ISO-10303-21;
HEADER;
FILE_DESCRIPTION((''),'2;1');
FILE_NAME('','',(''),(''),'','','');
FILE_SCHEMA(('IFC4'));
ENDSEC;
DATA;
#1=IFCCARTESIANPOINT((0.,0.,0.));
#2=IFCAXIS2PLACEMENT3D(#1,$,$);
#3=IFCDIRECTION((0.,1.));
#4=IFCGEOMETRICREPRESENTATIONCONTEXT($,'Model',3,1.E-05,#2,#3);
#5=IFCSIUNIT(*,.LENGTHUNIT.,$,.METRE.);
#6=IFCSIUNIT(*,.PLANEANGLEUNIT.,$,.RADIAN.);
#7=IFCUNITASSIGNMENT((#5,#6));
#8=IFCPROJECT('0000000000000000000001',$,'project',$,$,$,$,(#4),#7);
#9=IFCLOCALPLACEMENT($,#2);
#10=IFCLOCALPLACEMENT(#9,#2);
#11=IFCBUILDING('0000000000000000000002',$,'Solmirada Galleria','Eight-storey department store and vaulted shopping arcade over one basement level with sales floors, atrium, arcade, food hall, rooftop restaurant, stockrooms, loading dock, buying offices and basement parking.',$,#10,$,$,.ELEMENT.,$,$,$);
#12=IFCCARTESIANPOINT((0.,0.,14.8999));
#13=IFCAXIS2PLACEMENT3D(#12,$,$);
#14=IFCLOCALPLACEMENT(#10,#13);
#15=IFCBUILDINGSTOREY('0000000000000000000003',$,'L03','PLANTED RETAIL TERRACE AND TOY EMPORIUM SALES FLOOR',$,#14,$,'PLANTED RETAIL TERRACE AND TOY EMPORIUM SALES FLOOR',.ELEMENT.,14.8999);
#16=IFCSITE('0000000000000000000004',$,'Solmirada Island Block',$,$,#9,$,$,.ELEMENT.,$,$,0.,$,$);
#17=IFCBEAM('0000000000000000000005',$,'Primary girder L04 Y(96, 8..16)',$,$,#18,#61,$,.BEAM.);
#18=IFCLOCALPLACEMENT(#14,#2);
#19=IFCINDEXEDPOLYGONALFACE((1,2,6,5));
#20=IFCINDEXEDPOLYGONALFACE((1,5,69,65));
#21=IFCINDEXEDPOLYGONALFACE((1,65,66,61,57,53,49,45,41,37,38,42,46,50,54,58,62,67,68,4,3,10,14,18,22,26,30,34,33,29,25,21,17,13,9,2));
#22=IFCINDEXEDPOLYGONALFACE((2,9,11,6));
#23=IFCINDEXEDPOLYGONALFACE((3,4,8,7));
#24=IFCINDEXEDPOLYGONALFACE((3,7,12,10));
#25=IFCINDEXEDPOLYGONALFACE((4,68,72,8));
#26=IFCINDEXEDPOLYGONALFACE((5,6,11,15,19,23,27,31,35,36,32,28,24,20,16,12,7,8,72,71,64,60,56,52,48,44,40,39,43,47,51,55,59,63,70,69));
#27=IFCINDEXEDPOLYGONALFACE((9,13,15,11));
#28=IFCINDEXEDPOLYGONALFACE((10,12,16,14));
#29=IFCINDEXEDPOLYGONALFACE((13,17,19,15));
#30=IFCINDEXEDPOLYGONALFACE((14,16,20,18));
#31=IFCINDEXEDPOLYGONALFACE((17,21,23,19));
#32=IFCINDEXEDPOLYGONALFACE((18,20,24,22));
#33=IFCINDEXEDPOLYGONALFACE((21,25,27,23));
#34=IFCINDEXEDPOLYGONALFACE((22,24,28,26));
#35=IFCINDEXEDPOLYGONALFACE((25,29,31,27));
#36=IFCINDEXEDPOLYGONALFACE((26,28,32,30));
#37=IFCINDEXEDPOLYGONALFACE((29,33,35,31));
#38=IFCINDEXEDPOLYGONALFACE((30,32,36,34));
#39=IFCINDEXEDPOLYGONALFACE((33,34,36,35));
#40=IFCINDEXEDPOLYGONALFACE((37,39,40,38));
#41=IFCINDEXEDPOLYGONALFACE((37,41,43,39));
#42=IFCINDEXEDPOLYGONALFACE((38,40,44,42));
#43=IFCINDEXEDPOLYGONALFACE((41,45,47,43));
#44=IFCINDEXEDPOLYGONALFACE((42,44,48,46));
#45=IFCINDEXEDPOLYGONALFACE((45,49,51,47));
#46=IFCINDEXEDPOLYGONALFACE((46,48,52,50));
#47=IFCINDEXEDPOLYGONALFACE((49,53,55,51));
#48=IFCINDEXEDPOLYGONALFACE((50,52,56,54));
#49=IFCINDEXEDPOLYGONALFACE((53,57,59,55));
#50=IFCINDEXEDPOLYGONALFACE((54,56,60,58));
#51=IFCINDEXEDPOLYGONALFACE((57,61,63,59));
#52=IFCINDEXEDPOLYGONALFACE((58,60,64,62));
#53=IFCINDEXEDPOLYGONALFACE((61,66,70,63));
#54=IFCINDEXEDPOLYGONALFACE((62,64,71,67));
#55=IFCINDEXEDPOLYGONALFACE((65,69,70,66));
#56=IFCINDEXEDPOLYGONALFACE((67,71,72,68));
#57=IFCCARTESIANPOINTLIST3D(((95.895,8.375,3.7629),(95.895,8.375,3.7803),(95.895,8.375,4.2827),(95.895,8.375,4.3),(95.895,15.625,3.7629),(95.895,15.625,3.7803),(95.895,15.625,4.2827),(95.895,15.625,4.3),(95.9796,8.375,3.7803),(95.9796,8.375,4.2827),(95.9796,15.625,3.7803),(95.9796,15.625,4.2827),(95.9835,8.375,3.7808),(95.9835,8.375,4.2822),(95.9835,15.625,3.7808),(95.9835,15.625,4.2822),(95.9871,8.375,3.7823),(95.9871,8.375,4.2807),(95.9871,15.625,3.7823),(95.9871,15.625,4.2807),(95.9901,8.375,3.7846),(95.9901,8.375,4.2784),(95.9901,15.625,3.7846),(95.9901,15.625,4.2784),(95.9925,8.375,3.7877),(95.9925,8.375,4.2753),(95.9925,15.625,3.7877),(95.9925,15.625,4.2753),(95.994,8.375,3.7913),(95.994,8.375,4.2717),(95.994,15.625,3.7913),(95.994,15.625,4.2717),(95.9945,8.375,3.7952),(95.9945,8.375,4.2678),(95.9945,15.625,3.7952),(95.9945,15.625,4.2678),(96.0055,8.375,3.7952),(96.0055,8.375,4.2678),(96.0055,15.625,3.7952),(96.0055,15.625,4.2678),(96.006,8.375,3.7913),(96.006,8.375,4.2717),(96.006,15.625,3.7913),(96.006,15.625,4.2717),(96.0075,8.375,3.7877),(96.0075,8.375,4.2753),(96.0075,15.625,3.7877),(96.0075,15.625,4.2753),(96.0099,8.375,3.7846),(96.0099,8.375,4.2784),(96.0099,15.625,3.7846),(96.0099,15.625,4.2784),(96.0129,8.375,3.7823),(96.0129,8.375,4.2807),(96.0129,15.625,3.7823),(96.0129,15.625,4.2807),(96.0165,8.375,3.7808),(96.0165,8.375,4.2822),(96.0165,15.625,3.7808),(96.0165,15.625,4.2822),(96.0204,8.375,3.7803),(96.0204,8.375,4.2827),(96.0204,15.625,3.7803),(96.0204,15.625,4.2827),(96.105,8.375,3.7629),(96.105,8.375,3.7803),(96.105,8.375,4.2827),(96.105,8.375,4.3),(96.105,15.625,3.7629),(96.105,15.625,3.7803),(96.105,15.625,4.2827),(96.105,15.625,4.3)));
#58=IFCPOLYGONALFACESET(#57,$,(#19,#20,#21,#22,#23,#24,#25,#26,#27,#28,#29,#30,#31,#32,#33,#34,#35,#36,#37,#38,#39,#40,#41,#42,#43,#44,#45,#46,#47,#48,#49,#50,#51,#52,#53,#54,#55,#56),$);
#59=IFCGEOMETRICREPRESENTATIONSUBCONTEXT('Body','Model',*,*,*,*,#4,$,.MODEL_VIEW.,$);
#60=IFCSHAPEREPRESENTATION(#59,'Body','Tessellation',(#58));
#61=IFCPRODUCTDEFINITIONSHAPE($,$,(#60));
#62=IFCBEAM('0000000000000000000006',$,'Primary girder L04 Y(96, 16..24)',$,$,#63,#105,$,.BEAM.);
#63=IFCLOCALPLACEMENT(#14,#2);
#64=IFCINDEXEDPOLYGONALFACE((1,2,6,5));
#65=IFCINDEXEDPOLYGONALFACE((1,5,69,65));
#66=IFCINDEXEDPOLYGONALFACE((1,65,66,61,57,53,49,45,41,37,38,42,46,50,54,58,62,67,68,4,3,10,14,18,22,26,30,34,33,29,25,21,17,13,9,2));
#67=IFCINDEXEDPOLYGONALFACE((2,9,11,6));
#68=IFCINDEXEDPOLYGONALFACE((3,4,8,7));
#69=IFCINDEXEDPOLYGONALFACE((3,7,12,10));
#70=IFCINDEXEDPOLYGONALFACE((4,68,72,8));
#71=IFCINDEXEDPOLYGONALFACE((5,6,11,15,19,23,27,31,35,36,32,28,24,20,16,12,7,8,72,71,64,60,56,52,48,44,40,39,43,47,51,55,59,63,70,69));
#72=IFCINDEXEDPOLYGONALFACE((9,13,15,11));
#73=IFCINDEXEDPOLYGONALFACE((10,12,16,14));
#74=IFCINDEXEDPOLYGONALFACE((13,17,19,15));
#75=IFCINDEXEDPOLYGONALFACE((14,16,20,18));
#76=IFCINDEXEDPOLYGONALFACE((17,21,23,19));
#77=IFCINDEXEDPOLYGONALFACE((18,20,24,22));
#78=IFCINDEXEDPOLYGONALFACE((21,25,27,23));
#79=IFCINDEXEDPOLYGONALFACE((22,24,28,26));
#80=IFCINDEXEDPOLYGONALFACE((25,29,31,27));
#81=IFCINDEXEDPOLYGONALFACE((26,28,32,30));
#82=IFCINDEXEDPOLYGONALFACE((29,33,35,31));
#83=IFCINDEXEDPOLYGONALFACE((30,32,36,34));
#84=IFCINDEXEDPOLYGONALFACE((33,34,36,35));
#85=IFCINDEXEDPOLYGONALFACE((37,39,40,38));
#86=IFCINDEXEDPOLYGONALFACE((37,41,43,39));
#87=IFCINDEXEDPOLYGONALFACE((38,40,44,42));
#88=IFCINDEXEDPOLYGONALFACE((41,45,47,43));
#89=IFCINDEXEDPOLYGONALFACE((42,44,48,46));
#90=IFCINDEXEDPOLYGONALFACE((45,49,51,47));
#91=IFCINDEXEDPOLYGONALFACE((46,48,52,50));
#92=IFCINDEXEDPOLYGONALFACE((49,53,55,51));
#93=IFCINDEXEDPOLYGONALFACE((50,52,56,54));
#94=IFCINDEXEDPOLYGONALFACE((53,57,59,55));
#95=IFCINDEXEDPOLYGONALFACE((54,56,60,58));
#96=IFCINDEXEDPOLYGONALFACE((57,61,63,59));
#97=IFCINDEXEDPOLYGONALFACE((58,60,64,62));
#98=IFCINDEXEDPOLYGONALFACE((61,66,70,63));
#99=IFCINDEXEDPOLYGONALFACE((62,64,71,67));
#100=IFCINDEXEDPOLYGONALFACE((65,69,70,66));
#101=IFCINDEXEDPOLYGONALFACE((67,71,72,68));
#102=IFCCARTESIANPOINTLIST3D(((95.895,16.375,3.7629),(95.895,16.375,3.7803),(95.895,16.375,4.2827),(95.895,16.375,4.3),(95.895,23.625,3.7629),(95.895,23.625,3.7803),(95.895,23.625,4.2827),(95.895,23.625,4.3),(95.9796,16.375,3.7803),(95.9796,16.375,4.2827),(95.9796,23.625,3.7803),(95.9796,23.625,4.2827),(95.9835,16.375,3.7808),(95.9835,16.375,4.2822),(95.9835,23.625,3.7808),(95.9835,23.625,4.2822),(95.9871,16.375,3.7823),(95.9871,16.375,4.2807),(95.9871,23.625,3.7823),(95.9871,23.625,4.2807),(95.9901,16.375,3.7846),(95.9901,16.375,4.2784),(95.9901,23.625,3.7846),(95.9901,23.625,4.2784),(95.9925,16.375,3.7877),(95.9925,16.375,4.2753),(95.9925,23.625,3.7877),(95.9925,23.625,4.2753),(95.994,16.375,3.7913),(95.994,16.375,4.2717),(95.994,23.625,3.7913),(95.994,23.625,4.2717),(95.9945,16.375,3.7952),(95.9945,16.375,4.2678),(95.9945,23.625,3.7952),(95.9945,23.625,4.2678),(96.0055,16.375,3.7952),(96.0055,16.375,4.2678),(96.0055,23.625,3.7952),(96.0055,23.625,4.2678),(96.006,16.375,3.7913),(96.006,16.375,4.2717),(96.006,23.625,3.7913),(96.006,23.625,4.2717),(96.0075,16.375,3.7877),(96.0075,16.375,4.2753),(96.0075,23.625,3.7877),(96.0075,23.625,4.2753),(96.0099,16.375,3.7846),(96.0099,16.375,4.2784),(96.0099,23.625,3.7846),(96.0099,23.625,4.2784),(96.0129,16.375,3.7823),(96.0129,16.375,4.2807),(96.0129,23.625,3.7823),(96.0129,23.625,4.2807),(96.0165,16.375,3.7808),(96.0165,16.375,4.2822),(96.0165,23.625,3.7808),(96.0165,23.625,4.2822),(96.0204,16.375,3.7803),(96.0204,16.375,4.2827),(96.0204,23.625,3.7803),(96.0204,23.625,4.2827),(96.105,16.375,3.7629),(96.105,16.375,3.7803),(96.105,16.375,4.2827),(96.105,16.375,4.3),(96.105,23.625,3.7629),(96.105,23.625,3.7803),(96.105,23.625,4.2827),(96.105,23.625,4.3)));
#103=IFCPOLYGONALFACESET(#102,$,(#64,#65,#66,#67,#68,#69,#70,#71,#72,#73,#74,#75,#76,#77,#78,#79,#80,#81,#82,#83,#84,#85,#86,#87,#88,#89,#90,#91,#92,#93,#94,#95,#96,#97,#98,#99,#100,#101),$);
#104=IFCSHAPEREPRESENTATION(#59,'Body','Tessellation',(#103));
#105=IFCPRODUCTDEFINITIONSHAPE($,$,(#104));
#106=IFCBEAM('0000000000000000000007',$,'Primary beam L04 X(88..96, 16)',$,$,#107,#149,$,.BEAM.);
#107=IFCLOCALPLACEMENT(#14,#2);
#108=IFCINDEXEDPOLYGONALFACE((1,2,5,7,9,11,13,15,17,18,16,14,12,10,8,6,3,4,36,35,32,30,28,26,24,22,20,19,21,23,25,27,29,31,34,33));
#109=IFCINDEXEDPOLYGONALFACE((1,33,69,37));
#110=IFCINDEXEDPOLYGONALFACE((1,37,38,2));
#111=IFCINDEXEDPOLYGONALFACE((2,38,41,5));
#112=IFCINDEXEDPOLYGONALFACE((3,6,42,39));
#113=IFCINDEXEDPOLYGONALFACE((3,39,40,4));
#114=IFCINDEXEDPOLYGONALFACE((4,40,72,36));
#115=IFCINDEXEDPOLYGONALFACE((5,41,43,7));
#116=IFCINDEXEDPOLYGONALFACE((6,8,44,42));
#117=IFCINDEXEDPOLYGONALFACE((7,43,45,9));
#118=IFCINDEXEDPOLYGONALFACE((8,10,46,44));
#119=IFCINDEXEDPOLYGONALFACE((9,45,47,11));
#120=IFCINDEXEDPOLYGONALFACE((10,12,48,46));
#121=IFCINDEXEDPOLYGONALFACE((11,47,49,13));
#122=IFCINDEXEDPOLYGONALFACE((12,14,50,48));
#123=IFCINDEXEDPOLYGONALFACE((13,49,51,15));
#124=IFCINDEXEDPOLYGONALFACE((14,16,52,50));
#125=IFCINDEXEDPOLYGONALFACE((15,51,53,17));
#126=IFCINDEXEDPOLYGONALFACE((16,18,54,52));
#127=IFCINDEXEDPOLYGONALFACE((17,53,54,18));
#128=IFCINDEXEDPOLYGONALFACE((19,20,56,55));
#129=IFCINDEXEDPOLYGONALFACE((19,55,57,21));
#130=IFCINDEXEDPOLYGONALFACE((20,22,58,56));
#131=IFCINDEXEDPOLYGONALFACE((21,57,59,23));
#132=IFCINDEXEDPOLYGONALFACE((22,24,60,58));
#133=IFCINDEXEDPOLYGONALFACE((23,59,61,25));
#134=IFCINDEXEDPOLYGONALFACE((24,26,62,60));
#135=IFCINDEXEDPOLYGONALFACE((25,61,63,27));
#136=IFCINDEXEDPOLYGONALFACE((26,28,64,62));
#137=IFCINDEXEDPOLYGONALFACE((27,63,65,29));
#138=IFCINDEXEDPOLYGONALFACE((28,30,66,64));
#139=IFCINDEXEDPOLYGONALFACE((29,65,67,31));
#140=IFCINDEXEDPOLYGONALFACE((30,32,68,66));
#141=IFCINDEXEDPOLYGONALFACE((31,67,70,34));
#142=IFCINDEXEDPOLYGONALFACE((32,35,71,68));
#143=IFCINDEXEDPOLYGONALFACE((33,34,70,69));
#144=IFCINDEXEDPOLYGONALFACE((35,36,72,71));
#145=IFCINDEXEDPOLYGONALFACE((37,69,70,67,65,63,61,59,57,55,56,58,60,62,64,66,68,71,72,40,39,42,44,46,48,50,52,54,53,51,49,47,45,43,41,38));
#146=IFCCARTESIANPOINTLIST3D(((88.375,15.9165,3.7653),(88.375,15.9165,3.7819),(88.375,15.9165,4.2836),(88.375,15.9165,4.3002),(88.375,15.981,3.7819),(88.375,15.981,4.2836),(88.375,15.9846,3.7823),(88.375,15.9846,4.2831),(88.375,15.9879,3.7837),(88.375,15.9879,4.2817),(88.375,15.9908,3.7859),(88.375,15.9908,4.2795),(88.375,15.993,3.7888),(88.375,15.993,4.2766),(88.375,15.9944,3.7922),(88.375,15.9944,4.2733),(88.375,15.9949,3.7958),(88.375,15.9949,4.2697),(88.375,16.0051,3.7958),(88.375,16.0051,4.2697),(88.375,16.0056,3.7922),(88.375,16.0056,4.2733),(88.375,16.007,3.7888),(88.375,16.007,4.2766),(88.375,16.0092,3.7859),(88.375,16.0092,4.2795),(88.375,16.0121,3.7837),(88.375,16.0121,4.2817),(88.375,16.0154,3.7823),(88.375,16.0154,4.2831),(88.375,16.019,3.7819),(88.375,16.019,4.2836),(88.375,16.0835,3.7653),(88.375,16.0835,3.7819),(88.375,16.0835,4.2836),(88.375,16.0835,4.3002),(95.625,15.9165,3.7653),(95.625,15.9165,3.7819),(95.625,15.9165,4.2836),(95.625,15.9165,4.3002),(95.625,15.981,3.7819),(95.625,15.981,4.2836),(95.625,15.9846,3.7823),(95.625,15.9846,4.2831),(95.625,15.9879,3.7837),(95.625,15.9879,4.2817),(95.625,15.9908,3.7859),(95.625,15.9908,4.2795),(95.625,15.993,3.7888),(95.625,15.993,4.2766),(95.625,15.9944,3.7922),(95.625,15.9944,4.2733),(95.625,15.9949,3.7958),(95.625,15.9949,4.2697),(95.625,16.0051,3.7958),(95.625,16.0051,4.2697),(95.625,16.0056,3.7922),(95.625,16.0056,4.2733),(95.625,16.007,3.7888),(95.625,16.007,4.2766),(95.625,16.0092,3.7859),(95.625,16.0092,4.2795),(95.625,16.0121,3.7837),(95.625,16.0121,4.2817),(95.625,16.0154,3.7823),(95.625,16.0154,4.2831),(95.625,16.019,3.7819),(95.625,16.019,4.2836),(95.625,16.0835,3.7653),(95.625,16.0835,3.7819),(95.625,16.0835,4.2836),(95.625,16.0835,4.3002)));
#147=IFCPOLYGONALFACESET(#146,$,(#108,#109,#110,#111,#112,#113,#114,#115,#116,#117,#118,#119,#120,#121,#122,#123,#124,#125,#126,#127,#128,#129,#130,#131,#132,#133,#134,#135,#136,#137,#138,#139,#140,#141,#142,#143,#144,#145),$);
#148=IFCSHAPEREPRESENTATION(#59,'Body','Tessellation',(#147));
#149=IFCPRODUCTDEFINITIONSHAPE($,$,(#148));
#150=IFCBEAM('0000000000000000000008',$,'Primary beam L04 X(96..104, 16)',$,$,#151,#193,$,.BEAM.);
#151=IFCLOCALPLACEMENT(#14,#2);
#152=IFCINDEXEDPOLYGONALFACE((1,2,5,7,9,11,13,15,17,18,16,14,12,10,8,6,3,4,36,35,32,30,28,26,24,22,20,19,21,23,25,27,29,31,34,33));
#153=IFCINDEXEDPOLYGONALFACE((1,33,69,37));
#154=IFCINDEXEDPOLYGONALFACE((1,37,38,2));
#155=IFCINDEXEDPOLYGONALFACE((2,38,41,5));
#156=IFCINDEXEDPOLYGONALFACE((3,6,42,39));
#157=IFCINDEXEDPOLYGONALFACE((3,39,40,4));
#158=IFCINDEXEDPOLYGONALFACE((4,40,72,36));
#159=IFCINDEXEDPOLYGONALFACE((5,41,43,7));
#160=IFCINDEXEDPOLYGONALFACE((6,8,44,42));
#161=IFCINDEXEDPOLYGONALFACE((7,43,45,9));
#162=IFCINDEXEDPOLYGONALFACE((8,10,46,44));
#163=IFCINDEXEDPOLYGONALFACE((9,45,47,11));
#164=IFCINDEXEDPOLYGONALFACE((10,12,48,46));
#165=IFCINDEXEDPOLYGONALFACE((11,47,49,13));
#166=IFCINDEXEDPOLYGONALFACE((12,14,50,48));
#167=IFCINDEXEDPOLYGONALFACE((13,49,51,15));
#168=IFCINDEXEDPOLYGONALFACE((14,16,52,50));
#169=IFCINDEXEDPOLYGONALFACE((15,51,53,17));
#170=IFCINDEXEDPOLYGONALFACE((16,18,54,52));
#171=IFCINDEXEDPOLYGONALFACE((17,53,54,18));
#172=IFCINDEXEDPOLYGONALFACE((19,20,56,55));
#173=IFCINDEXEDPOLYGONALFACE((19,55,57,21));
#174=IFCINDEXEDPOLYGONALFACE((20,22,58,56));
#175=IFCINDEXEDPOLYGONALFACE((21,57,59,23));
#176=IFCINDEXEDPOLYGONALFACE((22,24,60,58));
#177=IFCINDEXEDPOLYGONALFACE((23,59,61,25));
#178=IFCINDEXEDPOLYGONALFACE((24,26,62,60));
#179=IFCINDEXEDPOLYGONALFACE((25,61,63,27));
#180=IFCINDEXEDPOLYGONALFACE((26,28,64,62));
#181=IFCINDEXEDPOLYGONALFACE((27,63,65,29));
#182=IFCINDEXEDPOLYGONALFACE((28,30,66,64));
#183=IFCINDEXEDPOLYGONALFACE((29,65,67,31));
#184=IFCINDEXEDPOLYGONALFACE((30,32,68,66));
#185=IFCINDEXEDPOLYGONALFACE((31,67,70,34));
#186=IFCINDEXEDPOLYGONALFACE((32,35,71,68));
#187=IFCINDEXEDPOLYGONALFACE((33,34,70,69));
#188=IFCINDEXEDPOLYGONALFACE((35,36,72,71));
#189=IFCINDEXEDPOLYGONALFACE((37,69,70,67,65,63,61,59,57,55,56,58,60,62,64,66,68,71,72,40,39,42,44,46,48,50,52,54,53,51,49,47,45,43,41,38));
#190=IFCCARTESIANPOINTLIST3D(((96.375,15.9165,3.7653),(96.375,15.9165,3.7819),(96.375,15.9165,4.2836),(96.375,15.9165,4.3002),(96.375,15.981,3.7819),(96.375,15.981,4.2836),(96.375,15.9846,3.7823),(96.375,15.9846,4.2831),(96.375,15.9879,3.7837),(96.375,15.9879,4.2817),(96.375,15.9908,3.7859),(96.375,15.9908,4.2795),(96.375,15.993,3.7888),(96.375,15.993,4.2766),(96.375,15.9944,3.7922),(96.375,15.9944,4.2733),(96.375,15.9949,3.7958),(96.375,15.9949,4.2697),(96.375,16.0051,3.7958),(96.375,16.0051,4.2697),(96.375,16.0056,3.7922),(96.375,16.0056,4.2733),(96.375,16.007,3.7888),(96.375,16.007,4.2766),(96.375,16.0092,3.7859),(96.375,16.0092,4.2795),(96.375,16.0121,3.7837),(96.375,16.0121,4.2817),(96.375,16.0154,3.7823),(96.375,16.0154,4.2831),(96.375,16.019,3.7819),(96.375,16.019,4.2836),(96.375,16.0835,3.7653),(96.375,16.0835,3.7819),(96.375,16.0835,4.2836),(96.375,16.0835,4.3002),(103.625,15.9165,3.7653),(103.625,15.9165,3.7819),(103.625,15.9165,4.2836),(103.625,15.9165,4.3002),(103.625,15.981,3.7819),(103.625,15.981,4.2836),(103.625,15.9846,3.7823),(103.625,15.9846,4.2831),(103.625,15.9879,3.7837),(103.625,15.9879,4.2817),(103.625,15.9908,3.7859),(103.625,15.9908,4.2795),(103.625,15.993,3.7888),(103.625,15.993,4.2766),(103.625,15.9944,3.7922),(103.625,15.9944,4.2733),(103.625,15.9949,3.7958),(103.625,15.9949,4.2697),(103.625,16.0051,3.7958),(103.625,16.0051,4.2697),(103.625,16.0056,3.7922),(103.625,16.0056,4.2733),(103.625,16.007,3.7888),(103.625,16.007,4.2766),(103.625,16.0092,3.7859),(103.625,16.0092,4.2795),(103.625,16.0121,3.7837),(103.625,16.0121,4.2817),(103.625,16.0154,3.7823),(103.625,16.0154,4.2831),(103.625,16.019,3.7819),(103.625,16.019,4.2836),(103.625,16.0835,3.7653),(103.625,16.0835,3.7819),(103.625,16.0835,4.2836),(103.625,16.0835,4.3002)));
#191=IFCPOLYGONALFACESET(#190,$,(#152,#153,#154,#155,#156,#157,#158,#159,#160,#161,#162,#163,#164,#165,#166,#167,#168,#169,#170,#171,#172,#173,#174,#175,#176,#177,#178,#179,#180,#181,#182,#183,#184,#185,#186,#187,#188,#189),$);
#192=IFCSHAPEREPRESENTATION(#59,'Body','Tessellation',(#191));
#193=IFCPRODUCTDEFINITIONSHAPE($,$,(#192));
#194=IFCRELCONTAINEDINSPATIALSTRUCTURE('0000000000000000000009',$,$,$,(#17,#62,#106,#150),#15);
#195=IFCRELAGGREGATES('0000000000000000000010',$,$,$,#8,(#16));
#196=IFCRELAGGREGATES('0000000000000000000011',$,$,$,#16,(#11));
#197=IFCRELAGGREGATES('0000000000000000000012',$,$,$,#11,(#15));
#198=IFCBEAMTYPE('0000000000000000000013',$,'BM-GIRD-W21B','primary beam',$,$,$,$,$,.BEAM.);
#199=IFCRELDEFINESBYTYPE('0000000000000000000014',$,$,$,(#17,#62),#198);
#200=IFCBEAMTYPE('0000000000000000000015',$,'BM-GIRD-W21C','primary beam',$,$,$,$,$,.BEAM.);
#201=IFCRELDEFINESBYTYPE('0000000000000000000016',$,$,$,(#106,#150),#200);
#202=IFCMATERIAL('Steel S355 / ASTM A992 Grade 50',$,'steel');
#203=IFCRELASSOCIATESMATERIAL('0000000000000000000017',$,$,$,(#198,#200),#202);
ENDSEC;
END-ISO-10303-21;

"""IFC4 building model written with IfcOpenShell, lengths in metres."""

from ifc_helpers import new_model, si_unit, direction, frame, origin, origin_2d, place, context, subcontext, project, spatial, i_section, extrude, material, material_profile, profile_set, type_object, element, save


model = new_model("IFC4")

# Units and contexts
model_context = context("Model", 3, precision=1e-05, world=origin(), true_north=direction((0.0, 1.0)))
body_context = subcontext(model_context, "Body", "Model", "MODEL_VIEW")
ifc_project = project(units=[si_unit("LENGTHUNIT", "METRE"), si_unit("PLANEANGLEUNIT", "RADIAN")], contexts=[model_context])

# Site, building, storey
site_placement = place(None, origin())
site = spatial("IfcSite", under=ifc_project, at=site_placement, Name="Solmirada Island Block", CompositionType="ELEMENT", RefElevation=0.0)
building_placement = place(site_placement, origin())
building = spatial("IfcBuilding", under=site, at=building_placement, Name="Solmirada Galleria", Description="Eight-storey department store and vaulted shopping arcade over one basement level with sales floors, atrium, arcade, food hall, rooftop restaurant, stockrooms, loading dock, buying offices and basement parking.", CompositionType="ELEMENT")
storey_placement = place(building_placement, frame((0.0, 0.0, 14.8999)))
storey = spatial("IfcBuildingStorey", under=building, at=storey_placement, Name="L03", Description="PLANTED RETAIL TERRACE AND TOY EMPORIUM SALES FLOOR", LongName="PLANTED RETAIL TERRACE AND TOY EMPORIUM SALES FLOOR", CompositionType="ELEMENT", Elevation=14.8999)

# Beams
ifc_material_1 = material(Name="Steel S355 / ASTM A992 Grade 50", Category="steel")
ifc_material_profile_1 = material_profile(ifc_material_1, i_section(OverallWidth=0.21, OverallDepth=0.5371, WebThickness=0.011, FlangeThickness=0.0173, FilletRadius=0.0149, at=origin_2d()), Name="W21X68")
ifc_profile_set_1 = profile_set([ifc_material_profile_1], Name="Steel S355 / ASTM A992 Grade 50")
beam_type_1 = type_object("IfcBeamType", Name="BM-GIRD-W21B", Description="primary beam", PredefinedType="BEAM", material=ifc_profile_set_1)
for number, where, z_axis, x_axis, name in (
    (1, (96.0, 8.375, 4.0315), (0.0, 1.0, 0.0), (-1.0, 0.0, 0.0), "Primary girder L04 Y(96, 8..16)"),
    (2, (96.0, 16.375, 4.0315), (0.0, 1.0, 0.0), (-1.0, 0.0, 0.0), "Primary girder L04 Y(96, 16..24)"),
):
    element("IfcBeam", number, at=place(storey_placement, frame(where, z_axis=z_axis, x_axis=x_axis)), inside=storey, type_object=beam_type_1, Name=name, PredefinedType="BEAM", context=body_context, shape_type="SweptSolid", body=[
        extrude(i_section(OverallWidth=0.21, OverallDepth=0.5371, WebThickness=0.011, FlangeThickness=0.0173, FilletRadius=0.0149, at=origin_2d()), origin(), (0.0, 0.0, 1.0), 7.25),
    ])
ifc_material_profile_2 = material_profile(ifc_material_1, i_section(OverallWidth=0.167, OverallDepth=0.5349, WebThickness=0.0103, FlangeThickness=0.0166, FilletRadius=0.0139, at=origin_2d()), Name="W21X57")
ifc_profile_set_2 = profile_set([ifc_material_profile_2], Name="Steel S355 / ASTM A992 Grade 50")
beam_type_2 = type_object("IfcBeamType", Name="BM-GIRD-W21C", Description="primary beam", PredefinedType="BEAM", material=ifc_profile_set_2)
for number, where, z_axis, x_axis, name in (
    (3, (88.375, 16.0, 4.0327), (1.0, 0.0, 0.0), (0.0, 1.0, 0.0), "Primary beam L04 X(88..96, 16)"),
    (4, (96.375, 16.0, 4.0327), (1.0, 0.0, 0.0), (0.0, 1.0, 0.0), "Primary beam L04 X(96..104, 16)"),
):
    element("IfcBeam", number, at=place(storey_placement, frame(where, z_axis=z_axis, x_axis=x_axis)), inside=storey, type_object=beam_type_2, Name=name, PredefinedType="BEAM", context=body_context, shape_type="SweptSolid", body=[
        extrude(i_section(OverallWidth=0.167, OverallDepth=0.5349, WebThickness=0.0103, FlangeThickness=0.0166, FilletRadius=0.0139, at=origin_2d()), origin(), (0.0, 0.0, 1.0), 7.25),
    ])

save(model, "model.ifc")
